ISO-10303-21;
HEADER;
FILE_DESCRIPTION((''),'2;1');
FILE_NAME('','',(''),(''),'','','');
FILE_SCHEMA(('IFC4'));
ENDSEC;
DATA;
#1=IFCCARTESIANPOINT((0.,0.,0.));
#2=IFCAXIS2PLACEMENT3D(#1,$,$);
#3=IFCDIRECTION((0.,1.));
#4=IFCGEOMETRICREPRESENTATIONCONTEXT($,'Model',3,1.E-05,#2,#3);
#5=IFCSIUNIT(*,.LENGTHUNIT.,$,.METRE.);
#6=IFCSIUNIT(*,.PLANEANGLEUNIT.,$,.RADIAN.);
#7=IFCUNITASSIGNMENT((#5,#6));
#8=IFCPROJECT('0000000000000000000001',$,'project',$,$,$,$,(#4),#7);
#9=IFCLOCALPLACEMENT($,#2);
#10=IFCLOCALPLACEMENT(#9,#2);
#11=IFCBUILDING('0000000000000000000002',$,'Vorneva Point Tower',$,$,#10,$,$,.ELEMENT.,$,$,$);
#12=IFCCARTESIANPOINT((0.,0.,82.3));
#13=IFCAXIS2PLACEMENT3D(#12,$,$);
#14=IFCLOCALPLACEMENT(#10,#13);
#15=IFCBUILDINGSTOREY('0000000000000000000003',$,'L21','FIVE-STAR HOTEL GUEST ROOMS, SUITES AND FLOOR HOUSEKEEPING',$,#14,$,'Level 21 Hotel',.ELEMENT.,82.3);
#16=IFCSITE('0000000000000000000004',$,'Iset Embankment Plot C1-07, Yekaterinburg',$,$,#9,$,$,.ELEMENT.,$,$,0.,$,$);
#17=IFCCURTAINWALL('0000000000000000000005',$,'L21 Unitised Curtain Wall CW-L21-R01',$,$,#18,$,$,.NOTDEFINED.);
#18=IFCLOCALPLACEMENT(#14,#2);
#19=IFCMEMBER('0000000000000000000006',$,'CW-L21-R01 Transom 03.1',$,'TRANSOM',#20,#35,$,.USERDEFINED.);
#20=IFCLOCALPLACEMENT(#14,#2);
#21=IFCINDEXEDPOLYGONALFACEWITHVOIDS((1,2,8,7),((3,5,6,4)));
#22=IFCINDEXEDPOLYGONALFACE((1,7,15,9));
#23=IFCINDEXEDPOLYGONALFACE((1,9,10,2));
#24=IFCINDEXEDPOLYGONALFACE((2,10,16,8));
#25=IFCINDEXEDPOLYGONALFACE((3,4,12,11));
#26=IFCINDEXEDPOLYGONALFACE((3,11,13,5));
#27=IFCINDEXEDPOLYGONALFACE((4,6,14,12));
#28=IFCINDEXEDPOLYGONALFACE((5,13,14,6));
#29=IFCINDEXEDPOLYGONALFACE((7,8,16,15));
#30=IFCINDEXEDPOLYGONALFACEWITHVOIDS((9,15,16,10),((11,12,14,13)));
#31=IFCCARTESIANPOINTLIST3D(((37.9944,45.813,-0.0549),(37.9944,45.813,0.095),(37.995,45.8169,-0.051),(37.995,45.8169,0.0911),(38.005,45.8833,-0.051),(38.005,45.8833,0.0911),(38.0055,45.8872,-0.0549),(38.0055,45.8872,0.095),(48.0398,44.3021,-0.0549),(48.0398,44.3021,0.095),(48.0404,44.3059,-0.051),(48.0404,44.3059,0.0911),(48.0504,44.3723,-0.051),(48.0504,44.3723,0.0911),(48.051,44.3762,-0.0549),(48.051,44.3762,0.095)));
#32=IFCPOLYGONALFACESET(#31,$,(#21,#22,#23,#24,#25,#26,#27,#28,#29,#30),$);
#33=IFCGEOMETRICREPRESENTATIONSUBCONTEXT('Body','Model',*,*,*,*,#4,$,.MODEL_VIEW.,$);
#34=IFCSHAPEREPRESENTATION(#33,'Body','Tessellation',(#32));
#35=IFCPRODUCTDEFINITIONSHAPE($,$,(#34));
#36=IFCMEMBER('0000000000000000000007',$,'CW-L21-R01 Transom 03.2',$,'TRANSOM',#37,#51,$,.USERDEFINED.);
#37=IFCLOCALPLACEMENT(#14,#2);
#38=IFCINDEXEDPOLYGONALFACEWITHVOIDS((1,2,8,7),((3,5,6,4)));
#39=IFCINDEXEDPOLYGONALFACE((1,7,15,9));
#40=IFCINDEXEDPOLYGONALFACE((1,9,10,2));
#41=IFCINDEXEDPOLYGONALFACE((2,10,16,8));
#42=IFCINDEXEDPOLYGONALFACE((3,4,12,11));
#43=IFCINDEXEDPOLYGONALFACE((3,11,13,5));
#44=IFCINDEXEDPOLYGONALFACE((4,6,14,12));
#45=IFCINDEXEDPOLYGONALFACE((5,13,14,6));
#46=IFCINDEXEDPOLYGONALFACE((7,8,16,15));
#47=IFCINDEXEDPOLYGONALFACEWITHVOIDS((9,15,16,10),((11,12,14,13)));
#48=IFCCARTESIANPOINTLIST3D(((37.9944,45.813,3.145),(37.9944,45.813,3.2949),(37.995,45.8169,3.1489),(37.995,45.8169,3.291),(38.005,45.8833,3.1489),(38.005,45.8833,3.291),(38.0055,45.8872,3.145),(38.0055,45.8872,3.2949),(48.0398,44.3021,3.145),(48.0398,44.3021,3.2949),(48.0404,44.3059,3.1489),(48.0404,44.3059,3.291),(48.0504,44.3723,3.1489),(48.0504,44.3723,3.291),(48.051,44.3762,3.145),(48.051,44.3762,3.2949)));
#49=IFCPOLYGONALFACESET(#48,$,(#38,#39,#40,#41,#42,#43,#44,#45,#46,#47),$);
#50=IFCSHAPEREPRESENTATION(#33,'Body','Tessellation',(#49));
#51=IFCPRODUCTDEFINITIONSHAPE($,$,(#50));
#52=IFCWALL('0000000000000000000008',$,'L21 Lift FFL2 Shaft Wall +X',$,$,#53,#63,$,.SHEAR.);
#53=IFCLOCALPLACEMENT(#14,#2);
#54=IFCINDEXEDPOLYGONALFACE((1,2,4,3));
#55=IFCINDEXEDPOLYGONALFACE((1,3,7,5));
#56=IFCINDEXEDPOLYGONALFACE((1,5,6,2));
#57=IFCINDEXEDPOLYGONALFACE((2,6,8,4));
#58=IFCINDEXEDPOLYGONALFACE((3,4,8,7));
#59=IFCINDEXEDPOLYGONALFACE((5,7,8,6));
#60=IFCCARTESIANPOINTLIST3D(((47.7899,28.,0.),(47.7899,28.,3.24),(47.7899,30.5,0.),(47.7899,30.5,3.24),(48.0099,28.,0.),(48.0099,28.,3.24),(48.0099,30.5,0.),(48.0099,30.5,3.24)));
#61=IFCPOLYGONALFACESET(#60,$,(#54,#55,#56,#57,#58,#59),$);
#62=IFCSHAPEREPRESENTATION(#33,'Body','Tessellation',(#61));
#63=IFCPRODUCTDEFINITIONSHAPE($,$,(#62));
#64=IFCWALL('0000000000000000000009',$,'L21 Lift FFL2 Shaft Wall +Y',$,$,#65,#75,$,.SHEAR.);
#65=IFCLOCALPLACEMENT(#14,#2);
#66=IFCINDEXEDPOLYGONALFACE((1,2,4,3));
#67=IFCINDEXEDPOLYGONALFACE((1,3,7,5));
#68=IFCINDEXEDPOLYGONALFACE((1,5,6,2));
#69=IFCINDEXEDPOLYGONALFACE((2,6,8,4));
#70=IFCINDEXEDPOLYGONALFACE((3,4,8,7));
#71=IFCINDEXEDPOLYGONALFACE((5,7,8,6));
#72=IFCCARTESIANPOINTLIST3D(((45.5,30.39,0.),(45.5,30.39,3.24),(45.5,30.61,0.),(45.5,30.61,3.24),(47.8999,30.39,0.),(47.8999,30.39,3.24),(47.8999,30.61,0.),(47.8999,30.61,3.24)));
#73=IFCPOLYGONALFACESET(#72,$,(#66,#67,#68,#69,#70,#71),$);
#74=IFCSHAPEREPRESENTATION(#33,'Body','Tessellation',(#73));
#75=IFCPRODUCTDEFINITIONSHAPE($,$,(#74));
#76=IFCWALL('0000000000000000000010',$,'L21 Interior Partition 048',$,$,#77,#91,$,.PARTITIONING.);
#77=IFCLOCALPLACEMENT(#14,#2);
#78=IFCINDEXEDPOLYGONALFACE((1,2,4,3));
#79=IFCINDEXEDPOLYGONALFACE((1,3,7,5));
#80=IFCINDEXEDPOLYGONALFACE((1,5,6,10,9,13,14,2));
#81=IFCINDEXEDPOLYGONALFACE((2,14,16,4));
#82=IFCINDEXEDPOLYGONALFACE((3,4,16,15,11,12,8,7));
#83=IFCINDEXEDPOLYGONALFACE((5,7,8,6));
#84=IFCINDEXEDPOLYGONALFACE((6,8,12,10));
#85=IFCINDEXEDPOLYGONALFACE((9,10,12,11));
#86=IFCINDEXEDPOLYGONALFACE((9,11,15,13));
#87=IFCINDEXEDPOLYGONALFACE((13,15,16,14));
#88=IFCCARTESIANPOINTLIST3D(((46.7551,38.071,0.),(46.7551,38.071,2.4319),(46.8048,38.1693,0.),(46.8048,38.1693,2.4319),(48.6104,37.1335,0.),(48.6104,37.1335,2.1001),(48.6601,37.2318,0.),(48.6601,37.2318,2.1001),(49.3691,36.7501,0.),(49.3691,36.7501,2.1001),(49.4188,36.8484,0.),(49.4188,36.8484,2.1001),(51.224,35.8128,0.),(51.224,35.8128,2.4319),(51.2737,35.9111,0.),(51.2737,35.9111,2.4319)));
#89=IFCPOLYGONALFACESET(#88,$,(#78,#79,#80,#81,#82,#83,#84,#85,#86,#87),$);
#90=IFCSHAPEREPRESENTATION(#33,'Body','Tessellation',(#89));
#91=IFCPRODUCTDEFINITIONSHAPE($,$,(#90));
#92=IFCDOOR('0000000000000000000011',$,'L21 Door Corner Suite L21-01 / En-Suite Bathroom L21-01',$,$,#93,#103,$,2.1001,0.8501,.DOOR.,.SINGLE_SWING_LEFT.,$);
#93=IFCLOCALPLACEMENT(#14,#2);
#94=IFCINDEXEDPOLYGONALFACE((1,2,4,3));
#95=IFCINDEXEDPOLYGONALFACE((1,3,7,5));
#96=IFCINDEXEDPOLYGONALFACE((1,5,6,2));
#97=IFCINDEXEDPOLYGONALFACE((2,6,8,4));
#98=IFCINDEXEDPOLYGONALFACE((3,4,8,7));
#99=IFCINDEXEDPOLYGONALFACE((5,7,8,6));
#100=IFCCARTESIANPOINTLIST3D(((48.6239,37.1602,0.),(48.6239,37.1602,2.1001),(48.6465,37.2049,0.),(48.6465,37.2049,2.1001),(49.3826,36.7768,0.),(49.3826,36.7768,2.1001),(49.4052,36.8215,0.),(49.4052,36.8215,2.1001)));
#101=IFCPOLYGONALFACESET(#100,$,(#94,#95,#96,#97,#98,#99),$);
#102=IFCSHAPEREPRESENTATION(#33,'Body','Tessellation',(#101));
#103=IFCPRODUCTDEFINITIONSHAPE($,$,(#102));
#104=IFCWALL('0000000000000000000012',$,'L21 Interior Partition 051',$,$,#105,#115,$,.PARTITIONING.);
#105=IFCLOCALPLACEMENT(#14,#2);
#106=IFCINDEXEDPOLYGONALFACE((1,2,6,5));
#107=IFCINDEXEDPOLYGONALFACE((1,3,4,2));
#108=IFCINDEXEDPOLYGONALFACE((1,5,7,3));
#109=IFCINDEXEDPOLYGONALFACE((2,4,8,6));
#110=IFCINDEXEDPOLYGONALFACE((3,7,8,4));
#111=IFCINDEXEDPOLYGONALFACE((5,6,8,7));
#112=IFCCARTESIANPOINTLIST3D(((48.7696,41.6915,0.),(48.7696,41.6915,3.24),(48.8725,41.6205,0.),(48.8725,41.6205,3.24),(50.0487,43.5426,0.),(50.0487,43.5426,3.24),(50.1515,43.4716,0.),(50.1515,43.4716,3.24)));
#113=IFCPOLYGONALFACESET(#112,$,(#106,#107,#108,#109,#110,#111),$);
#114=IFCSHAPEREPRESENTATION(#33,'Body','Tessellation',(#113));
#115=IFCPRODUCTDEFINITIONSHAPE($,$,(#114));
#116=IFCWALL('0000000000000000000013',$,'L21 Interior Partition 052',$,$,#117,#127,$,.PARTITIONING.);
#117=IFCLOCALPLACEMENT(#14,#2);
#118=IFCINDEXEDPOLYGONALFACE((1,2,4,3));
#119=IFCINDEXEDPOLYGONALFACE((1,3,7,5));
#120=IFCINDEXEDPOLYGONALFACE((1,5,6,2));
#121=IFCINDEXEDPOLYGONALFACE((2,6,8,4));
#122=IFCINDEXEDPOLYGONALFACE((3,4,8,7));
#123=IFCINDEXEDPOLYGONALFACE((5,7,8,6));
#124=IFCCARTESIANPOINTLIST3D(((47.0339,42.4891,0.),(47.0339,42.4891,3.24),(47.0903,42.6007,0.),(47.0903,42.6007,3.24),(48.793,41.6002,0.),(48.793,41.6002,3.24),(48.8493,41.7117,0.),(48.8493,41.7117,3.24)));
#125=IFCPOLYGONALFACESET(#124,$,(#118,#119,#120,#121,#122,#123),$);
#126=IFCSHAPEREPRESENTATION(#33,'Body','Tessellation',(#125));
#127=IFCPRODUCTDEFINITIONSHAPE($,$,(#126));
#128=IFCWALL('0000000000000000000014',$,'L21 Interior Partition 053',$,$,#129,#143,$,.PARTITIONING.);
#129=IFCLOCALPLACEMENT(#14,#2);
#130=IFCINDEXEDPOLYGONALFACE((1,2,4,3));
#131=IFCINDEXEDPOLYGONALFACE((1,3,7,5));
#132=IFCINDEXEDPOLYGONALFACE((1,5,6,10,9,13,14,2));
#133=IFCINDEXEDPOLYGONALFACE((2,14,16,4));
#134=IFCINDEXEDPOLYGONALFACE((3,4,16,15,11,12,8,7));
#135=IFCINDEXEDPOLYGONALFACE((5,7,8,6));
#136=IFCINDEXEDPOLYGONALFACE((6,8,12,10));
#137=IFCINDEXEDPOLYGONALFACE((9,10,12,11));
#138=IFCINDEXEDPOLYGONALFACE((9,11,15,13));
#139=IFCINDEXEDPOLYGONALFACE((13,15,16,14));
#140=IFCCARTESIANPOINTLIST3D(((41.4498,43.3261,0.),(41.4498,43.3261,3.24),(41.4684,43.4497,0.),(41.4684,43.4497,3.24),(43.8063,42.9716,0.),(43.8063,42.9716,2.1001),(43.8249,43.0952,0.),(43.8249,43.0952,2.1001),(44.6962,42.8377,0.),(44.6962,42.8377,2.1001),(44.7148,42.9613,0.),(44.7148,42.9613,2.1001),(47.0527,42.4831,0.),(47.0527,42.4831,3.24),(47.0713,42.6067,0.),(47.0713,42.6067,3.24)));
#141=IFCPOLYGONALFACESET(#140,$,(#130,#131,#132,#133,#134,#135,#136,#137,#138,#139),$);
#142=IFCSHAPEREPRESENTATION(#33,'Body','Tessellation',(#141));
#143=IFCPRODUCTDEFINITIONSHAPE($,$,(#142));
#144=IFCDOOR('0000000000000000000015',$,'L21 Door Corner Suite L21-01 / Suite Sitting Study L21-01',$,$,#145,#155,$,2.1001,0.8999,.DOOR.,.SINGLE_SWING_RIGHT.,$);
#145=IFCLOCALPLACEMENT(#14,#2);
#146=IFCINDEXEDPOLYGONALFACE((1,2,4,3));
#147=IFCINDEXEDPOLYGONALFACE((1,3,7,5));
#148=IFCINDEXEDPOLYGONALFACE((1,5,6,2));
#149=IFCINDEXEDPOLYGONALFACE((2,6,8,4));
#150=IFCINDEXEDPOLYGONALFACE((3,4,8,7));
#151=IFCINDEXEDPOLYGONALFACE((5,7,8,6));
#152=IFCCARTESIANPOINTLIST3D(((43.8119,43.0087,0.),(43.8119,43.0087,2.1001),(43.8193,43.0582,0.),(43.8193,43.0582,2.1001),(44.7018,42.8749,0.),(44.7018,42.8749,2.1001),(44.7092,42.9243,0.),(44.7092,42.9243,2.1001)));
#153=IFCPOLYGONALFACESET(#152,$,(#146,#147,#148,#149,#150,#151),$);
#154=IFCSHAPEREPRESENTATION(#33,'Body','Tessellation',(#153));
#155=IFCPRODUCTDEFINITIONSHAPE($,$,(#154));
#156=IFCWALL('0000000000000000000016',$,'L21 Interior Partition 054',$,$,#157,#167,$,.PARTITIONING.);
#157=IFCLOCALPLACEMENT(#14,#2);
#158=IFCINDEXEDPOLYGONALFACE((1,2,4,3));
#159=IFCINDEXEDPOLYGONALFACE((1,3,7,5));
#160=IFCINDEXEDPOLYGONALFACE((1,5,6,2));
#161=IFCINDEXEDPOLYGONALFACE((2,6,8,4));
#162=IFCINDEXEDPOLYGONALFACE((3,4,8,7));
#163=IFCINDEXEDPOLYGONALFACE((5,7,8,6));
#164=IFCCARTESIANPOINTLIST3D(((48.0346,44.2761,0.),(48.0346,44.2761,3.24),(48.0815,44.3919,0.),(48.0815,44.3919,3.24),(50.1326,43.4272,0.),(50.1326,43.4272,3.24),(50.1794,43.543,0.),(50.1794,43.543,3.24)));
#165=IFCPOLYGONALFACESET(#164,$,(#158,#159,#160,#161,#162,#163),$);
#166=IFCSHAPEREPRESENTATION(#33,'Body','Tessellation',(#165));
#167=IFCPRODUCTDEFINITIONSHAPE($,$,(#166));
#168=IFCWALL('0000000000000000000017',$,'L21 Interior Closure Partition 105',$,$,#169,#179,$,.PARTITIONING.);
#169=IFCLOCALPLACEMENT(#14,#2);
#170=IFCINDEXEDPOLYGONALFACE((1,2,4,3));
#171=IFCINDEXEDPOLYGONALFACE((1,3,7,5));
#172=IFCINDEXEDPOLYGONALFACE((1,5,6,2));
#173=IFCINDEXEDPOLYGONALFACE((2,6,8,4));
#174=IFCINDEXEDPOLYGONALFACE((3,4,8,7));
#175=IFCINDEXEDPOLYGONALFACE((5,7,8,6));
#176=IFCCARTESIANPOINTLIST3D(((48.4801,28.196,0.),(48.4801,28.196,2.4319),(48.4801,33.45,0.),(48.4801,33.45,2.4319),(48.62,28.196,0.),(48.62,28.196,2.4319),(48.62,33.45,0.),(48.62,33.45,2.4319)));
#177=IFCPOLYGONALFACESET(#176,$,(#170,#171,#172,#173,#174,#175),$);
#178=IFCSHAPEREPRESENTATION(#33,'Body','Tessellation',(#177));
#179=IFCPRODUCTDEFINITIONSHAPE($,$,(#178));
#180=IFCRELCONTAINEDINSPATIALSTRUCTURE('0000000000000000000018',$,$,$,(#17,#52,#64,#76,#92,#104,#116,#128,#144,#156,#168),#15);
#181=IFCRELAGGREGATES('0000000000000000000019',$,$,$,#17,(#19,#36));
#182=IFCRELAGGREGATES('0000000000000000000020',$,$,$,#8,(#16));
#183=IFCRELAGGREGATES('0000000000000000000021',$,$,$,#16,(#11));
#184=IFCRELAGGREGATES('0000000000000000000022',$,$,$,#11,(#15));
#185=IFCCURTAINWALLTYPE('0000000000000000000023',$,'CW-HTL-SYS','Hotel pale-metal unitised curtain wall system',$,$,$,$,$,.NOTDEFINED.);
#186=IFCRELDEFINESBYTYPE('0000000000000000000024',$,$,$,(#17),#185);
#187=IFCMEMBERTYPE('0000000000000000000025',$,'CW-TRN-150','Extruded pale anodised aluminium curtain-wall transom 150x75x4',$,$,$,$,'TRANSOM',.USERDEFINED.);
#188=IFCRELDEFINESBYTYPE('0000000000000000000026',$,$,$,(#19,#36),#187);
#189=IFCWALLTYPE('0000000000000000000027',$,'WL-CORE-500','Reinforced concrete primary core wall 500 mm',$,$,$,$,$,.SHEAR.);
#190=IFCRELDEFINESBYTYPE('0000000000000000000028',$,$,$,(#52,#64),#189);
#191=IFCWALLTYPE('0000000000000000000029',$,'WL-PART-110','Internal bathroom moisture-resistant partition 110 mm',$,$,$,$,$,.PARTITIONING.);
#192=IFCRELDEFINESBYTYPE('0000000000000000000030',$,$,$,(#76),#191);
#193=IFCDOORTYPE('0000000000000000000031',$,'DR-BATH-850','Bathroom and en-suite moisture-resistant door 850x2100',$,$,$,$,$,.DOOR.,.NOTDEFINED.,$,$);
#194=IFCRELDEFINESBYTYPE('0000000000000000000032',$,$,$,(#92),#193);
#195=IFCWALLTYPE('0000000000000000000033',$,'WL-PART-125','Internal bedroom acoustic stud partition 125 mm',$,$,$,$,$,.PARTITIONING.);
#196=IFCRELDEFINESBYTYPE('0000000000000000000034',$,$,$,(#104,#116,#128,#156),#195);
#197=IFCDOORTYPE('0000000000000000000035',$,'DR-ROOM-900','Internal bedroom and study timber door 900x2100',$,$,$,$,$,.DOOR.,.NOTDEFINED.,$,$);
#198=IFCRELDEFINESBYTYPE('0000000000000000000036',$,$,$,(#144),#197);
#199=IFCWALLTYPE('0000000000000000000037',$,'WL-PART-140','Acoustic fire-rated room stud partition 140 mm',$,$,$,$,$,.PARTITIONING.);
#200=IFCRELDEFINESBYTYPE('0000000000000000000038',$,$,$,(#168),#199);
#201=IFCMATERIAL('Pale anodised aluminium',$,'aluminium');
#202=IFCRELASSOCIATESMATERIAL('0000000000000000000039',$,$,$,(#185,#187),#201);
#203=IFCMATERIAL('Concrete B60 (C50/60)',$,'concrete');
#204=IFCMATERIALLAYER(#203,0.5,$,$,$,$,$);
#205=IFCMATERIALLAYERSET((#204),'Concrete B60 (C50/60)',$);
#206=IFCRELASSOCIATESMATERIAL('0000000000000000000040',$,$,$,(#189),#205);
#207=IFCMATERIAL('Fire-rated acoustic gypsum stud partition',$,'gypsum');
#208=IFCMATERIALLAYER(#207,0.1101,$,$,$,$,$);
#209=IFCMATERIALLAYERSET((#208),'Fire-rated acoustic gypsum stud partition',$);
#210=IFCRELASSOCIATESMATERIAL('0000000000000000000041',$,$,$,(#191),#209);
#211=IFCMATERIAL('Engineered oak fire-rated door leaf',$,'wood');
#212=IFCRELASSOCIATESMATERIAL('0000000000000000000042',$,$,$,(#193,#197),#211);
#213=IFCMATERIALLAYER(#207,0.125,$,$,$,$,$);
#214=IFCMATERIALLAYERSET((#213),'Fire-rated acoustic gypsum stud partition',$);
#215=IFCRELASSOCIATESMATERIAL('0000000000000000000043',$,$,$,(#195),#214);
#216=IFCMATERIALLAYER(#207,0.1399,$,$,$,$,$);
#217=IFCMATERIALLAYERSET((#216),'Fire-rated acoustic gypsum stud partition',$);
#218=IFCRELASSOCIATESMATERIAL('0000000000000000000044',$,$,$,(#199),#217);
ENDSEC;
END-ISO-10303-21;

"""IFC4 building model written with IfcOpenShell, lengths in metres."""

from ifc_helpers import new_model, si_unit, direction, frame, frame_2d, origin, origin_2d, place, context, subcontext, project, spatial, rectangle, hollow_rectangle, extrude, material, layer, layer_set, material_profile, profile_set, type_object, element, fill, aggregate, save


model = new_model("IFC4")

# Units and contexts
model_context = context("Model", 3, precision=1e-05, world=origin(), true_north=direction((0.0, 1.0)))
body_context = subcontext(model_context, "Body", "Model", "MODEL_VIEW")
ifc_project = project(units=[si_unit("LENGTHUNIT", "METRE"), si_unit("PLANEANGLEUNIT", "RADIAN")], contexts=[model_context])

# Site, building, storey
site_placement = place(None, origin())
site = spatial("IfcSite", under=ifc_project, at=site_placement, Name="Iset Embankment Plot C1-07, Yekaterinburg", CompositionType="ELEMENT", RefElevation=0.0)
building_placement = place(site_placement, origin())
building = spatial("IfcBuilding", under=site, at=building_placement, Name="Vorneva Point Tower", CompositionType="ELEMENT")
storey_placement = place(building_placement, frame((0.0, 0.0, 82.3)))
storey = spatial("IfcBuildingStorey", under=building, at=storey_placement, Name="L21", Description="FIVE-STAR HOTEL GUEST ROOMS, SUITES AND FLOOR HOUSEKEEPING", LongName="Level 21 Hotel", CompositionType="ELEMENT", Elevation=82.3)

# Shared definitions
ifc_material_1 = material(Name="Concrete B60 (C50/60)", Category="concrete")

# Curtain wall, members
ifc_material_2 = material(Name="Pale anodised aluminium", Category="aluminium")
curtain_wall_type = type_object("IfcCurtainWallType", Name="CW-HTL-SYS", Description="Hotel pale-metal unitised curtain wall system", PredefinedType="NOTDEFINED", material=ifc_material_2)
curtain_wall_placement = place(storey_placement, origin())
curtain_wall = element("IfcCurtainWall", 1, at=curtain_wall_placement, inside=storey, type_object=curtain_wall_type, Name="L21 Unitised Curtain Wall CW-L21-R01", PredefinedType="NOTDEFINED")
ifc_material_profile_1 = material_profile(ifc_material_2, hollow_rectangle(XDim=0.075, YDim=0.1499, WallThickness=0.0039, at=origin_2d()), Name="AL-TRN 150x75x4")
ifc_profile_set_1 = profile_set([ifc_material_profile_1], Name="Pale anodised aluminium")
member_type_1 = type_object("IfcMemberType", Name="CW-TRN-150", Description="Extruded pale anodised aluminium curtain-wall transom 150x75x4", ElementType="TRANSOM", PredefinedType="USERDEFINED", material=ifc_profile_set_1)
member_1_placement = place(storey_placement, frame((48.0454, 44.3391, 0.02), z_axis=(-0.988876, 0.148742, 0.0), x_axis=(-0.148742, -0.988876, 0.0)))
member_1 = element("IfcMember", 2, at=member_1_placement, type_object=member_type_1, Name="CW-L21-R01 Transom 03.1", ObjectType="TRANSOM", PredefinedType="USERDEFINED", context=body_context, shape_type="SweptSolid", body=[
    extrude(hollow_rectangle(XDim=0.075, YDim=0.1499, WallThickness=0.0039, at=origin_2d()), origin(), (0.0, 0.0, 1.0), 10.1584),
])
member_2_placement = place(storey_placement, frame((48.0454, 44.3391, 3.22), z_axis=(-0.988876, 0.148742, 0.0), x_axis=(-0.148742, -0.988876, 0.0)))
member_2 = element("IfcMember", 3, at=member_2_placement, type_object=member_type_1, Name="CW-L21-R01 Transom 03.2", ObjectType="TRANSOM", PredefinedType="USERDEFINED", context=body_context, shape_type="SweptSolid", body=[
    extrude(hollow_rectangle(XDim=0.075, YDim=0.1499, WallThickness=0.0039, at=origin_2d()), origin(), (0.0, 0.0, 1.0), 10.1584),
])
aggregate(curtain_wall, [member_1, member_2])

# Walls
ifc_layer_1 = layer(ifc_material_1, 0.5)
ifc_layer_set_1 = layer_set([ifc_layer_1], Name="Concrete B60 (C50/60)")
wall_type_1 = type_object("IfcWallType", Name="WL-CORE-500", Description="Reinforced concrete primary core wall 500 mm", PredefinedType="SHEAR", material=ifc_layer_set_1)
wall_1_placement = place(storey_placement, frame((47.8999, 28.0, 0.0), z_axis=(0.0, 0.0, 1.0), x_axis=(0.0, 1.0, 0.0)))
element("IfcWall", 4, at=wall_1_placement, inside=storey, type_object=wall_type_1, Name="L21 Lift FFL2 Shaft Wall +X", PredefinedType="SHEAR", context=body_context, shape_type="SweptSolid", body=[
    extrude(rectangle(XDim=2.5, YDim=0.22, at=frame_2d((1.25, 0.0))), origin(), (0.0, 0.0, 1.0), 3.24),
])
wall_2_placement = place(storey_placement, frame((47.8999, 30.5, 0.0), z_axis=(0.0, 0.0, 1.0), x_axis=(-1.0, 0.0, 0.0)))
element("IfcWall", 5, at=wall_2_placement, inside=storey, type_object=wall_type_1, Name="L21 Lift FFL2 Shaft Wall +Y", PredefinedType="SHEAR", context=body_context, shape_type="SweptSolid", body=[
    extrude(rectangle(XDim=2.3999, YDim=0.22, at=frame_2d((1.2, 0.0))), origin(), (0.0, 0.0, 1.0), 3.24),
])

# Wall, opening, door
ifc_material_3 = material(Name="Fire-rated acoustic gypsum stud partition", Category="gypsum")
ifc_layer_2 = layer(ifc_material_3, 0.1101)
ifc_layer_set_2 = layer_set([ifc_layer_2], Name="Fire-rated acoustic gypsum stud partition")
wall_type_2 = type_object("IfcWallType", Name="WL-PART-110", Description="Internal bathroom moisture-resistant partition 110 mm", PredefinedType="PARTITIONING", material=ifc_layer_set_2)
wall_3_placement = place(storey_placement, frame((46.78, 38.1201, 0.0), z_axis=(0.0, 0.0, 1.0), x_axis=(0.892518, -0.451013, 0.0)))
wall_3 = element("IfcWall", 6, at=wall_3_placement, inside=storey, type_object=wall_type_2, Name="L21 Interior Partition 048", PredefinedType="PARTITIONING", context=body_context, shape_type="SweptSolid", body=[
    extrude(rectangle(XDim=5.0071, YDim=0.1101, at=frame_2d((2.5034, 0.0))), origin(), (0.0, 0.0, 1.0), 2.4319),
])
opening_1_placement = place(wall_3_placement, frame((2.0786, 0.0, 0.0)))
opening_1 = element("IfcOpeningElement", 7, at=opening_1_placement, cuts=wall_3, PredefinedType="OPENING", context=body_context, shape_type="SweptSolid", body=[
    extrude(rectangle(XDim=0.8501, YDim=2.1001, at=frame_2d((0.425, 1.05))), frame((0.0, 0.0698, 0.0), z_axis=(0.0, -1.0, 0.0), x_axis=(1.0, 0.0, 0.0)), (0.0, 0.0, 1.0), 0.1399),
])
ifc_material_4 = material(Name="Engineered oak fire-rated door leaf", Category="wood")
door_type_1 = type_object("IfcDoorType", Name="DR-BATH-850", Description="Bathroom and en-suite moisture-resistant door 850x2100", OperationType="NOTDEFINED", PredefinedType="DOOR", material=ifc_material_4)
door_1_placement = place(opening_1_placement, origin())
door_1 = element("IfcDoor", 8, at=door_1_placement, inside=storey, type_object=door_type_1, Name="L21 Door Corner Suite L21-01 / En-Suite Bathroom L21-01", OperationType="SINGLE_SWING_LEFT", OverallHeight=2.1001, OverallWidth=0.8501, PredefinedType="DOOR", context=body_context, shape_type="SweptSolid", body=[
    extrude(rectangle(XDim=0.8501, YDim=2.1001, at=frame_2d((0.425, 1.05))), frame((0.0, 0.0249, 0.0), z_axis=(0.0, -1.0, 0.0), x_axis=(1.0, 0.0, 0.0)), (0.0, 0.0, 1.0), 0.05),
])
fill(opening_1, door_1)

# Walls
ifc_layer_3 = layer(ifc_material_3, 0.125)
ifc_layer_set_3 = layer_set([ifc_layer_3], Name="Fire-rated acoustic gypsum stud partition")
wall_type_3 = type_object("IfcWallType", Name="WL-PART-125", Description="Internal bedroom acoustic stud partition 125 mm", PredefinedType="PARTITIONING", material=ifc_layer_set_3)
wall_4_placement = place(storey_placement, frame((50.1001, 43.5071, 0.0), z_axis=(0.0, 0.0, 1.0), x_axis=(-0.568471, -0.822704, 0.0)))
element("IfcWall", 9, at=wall_4_placement, inside=storey, type_object=wall_type_3, Name="L21 Interior Partition 051", PredefinedType="PARTITIONING", context=body_context, shape_type="SweptSolid", body=[
    extrude(rectangle(XDim=2.25, YDim=0.125, at=frame_2d((1.125, 0.0))), origin(), (0.0, 0.0, 1.0), 3.24),
])
wall_5_placement = place(storey_placement, frame((48.821, 41.656, 0.0), z_axis=(0.0, 0.0, 1.0), x_axis=(-0.892511, 0.451025, 0.0)))
element("IfcWall", 10, at=wall_5_placement, inside=storey, type_object=wall_type_3, Name="L21 Interior Partition 052", PredefinedType="PARTITIONING", context=body_context, shape_type="SweptSolid", body=[
    extrude(rectangle(XDim=1.9709, YDim=0.125, at=frame_2d((0.9854, 0.0))), origin(), (0.0, 0.0, 1.0), 3.24),
])

# Wall, opening, door
wall_6_placement = place(storey_placement, frame((47.062, 42.5449, 0.0), z_axis=(0.0, 0.0, 1.0), x_axis=(-0.98887, 0.148783, 0.0)))
wall_6 = element("IfcWall", 11, at=wall_6_placement, inside=storey, type_object=wall_type_3, Name="L21 Interior Partition 053", PredefinedType="PARTITIONING", context=body_context, shape_type="SweptSolid", body=[
    extrude(rectangle(XDim=5.666, YDim=0.125, at=frame_2d((2.833, 0.0))), origin(), (0.0, 0.0, 1.0), 3.24),
])
opening_2_placement = place(wall_6_placement, frame((2.3831, 0.0, 0.0)))
opening_2 = element("IfcOpeningElement", 12, at=opening_2_placement, cuts=wall_6, PredefinedType="OPENING", context=body_context, shape_type="SweptSolid", body=[
    extrude(rectangle(XDim=0.8999, YDim=2.1001, at=frame_2d((0.45, 1.05))), frame((0.0, 0.0774, 0.0), z_axis=(0.0, -1.0, 0.0), x_axis=(1.0, 0.0, 0.0)), (0.0, 0.0, 1.0), 0.1548),
])
door_type_2 = type_object("IfcDoorType", Name="DR-ROOM-900", Description="Internal bedroom and study timber door 900x2100", OperationType="NOTDEFINED", PredefinedType="DOOR", material=ifc_material_4)
door_2_placement = place(opening_2_placement, origin())
door_2 = element("IfcDoor", 13, at=door_2_placement, inside=storey, type_object=door_type_2, Name="L21 Door Corner Suite L21-01 / Suite Sitting Study L21-01", OperationType="SINGLE_SWING_RIGHT", OverallHeight=2.1001, OverallWidth=0.8999, PredefinedType="DOOR", context=body_context, shape_type="SweptSolid", body=[
    extrude(rectangle(XDim=0.8999, YDim=2.1001, at=frame_2d((0.45, 1.05))), frame((0.0, 0.0249, 0.0), z_axis=(0.0, -1.0, 0.0), x_axis=(1.0, 0.0, 0.0)), (0.0, 0.0, 1.0), 0.05),
])
fill(opening_2, door_2)

# Walls
wall_7_placement = place(storey_placement, frame((50.156, 43.4851, 0.0), z_axis=(0.0, 0.0, 1.0), x_axis=(-0.926989, 0.375089, 0.0)))
element("IfcWall", 14, at=wall_7_placement, inside=storey, type_object=wall_type_3, Name="L21 Interior Partition 054", PredefinedType="PARTITIONING", context=body_context, shape_type="SweptSolid", body=[
    extrude(rectangle(XDim=2.2632, YDim=0.125, at=frame_2d((1.1316, 0.0))), origin(), (0.0, 0.0, 1.0), 3.24),
])
ifc_layer_4 = layer(ifc_material_3, 0.1399)
ifc_layer_set_4 = layer_set([ifc_layer_4], Name="Fire-rated acoustic gypsum stud partition")
wall_type_4 = type_object("IfcWallType", Name="WL-PART-140", Description="Acoustic fire-rated room stud partition 140 mm", PredefinedType="PARTITIONING", material=ifc_layer_set_4)
wall_8_placement = place(storey_placement, frame((48.55, 33.45, 0.0), z_axis=(0.0, 0.0, 1.0), x_axis=(0.0, -1.0, 0.0)))
element("IfcWall", 15, at=wall_8_placement, inside=storey, type_object=wall_type_4, Name="L21 Interior Closure Partition 105", PredefinedType="PARTITIONING", context=body_context, shape_type="SweptSolid", body=[
    extrude(rectangle(XDim=5.2539, YDim=0.1399, at=frame_2d((2.627, 0.0))), origin(), (0.0, 0.0, 1.0), 2.4319),
])

save(model, "model.ifc")
